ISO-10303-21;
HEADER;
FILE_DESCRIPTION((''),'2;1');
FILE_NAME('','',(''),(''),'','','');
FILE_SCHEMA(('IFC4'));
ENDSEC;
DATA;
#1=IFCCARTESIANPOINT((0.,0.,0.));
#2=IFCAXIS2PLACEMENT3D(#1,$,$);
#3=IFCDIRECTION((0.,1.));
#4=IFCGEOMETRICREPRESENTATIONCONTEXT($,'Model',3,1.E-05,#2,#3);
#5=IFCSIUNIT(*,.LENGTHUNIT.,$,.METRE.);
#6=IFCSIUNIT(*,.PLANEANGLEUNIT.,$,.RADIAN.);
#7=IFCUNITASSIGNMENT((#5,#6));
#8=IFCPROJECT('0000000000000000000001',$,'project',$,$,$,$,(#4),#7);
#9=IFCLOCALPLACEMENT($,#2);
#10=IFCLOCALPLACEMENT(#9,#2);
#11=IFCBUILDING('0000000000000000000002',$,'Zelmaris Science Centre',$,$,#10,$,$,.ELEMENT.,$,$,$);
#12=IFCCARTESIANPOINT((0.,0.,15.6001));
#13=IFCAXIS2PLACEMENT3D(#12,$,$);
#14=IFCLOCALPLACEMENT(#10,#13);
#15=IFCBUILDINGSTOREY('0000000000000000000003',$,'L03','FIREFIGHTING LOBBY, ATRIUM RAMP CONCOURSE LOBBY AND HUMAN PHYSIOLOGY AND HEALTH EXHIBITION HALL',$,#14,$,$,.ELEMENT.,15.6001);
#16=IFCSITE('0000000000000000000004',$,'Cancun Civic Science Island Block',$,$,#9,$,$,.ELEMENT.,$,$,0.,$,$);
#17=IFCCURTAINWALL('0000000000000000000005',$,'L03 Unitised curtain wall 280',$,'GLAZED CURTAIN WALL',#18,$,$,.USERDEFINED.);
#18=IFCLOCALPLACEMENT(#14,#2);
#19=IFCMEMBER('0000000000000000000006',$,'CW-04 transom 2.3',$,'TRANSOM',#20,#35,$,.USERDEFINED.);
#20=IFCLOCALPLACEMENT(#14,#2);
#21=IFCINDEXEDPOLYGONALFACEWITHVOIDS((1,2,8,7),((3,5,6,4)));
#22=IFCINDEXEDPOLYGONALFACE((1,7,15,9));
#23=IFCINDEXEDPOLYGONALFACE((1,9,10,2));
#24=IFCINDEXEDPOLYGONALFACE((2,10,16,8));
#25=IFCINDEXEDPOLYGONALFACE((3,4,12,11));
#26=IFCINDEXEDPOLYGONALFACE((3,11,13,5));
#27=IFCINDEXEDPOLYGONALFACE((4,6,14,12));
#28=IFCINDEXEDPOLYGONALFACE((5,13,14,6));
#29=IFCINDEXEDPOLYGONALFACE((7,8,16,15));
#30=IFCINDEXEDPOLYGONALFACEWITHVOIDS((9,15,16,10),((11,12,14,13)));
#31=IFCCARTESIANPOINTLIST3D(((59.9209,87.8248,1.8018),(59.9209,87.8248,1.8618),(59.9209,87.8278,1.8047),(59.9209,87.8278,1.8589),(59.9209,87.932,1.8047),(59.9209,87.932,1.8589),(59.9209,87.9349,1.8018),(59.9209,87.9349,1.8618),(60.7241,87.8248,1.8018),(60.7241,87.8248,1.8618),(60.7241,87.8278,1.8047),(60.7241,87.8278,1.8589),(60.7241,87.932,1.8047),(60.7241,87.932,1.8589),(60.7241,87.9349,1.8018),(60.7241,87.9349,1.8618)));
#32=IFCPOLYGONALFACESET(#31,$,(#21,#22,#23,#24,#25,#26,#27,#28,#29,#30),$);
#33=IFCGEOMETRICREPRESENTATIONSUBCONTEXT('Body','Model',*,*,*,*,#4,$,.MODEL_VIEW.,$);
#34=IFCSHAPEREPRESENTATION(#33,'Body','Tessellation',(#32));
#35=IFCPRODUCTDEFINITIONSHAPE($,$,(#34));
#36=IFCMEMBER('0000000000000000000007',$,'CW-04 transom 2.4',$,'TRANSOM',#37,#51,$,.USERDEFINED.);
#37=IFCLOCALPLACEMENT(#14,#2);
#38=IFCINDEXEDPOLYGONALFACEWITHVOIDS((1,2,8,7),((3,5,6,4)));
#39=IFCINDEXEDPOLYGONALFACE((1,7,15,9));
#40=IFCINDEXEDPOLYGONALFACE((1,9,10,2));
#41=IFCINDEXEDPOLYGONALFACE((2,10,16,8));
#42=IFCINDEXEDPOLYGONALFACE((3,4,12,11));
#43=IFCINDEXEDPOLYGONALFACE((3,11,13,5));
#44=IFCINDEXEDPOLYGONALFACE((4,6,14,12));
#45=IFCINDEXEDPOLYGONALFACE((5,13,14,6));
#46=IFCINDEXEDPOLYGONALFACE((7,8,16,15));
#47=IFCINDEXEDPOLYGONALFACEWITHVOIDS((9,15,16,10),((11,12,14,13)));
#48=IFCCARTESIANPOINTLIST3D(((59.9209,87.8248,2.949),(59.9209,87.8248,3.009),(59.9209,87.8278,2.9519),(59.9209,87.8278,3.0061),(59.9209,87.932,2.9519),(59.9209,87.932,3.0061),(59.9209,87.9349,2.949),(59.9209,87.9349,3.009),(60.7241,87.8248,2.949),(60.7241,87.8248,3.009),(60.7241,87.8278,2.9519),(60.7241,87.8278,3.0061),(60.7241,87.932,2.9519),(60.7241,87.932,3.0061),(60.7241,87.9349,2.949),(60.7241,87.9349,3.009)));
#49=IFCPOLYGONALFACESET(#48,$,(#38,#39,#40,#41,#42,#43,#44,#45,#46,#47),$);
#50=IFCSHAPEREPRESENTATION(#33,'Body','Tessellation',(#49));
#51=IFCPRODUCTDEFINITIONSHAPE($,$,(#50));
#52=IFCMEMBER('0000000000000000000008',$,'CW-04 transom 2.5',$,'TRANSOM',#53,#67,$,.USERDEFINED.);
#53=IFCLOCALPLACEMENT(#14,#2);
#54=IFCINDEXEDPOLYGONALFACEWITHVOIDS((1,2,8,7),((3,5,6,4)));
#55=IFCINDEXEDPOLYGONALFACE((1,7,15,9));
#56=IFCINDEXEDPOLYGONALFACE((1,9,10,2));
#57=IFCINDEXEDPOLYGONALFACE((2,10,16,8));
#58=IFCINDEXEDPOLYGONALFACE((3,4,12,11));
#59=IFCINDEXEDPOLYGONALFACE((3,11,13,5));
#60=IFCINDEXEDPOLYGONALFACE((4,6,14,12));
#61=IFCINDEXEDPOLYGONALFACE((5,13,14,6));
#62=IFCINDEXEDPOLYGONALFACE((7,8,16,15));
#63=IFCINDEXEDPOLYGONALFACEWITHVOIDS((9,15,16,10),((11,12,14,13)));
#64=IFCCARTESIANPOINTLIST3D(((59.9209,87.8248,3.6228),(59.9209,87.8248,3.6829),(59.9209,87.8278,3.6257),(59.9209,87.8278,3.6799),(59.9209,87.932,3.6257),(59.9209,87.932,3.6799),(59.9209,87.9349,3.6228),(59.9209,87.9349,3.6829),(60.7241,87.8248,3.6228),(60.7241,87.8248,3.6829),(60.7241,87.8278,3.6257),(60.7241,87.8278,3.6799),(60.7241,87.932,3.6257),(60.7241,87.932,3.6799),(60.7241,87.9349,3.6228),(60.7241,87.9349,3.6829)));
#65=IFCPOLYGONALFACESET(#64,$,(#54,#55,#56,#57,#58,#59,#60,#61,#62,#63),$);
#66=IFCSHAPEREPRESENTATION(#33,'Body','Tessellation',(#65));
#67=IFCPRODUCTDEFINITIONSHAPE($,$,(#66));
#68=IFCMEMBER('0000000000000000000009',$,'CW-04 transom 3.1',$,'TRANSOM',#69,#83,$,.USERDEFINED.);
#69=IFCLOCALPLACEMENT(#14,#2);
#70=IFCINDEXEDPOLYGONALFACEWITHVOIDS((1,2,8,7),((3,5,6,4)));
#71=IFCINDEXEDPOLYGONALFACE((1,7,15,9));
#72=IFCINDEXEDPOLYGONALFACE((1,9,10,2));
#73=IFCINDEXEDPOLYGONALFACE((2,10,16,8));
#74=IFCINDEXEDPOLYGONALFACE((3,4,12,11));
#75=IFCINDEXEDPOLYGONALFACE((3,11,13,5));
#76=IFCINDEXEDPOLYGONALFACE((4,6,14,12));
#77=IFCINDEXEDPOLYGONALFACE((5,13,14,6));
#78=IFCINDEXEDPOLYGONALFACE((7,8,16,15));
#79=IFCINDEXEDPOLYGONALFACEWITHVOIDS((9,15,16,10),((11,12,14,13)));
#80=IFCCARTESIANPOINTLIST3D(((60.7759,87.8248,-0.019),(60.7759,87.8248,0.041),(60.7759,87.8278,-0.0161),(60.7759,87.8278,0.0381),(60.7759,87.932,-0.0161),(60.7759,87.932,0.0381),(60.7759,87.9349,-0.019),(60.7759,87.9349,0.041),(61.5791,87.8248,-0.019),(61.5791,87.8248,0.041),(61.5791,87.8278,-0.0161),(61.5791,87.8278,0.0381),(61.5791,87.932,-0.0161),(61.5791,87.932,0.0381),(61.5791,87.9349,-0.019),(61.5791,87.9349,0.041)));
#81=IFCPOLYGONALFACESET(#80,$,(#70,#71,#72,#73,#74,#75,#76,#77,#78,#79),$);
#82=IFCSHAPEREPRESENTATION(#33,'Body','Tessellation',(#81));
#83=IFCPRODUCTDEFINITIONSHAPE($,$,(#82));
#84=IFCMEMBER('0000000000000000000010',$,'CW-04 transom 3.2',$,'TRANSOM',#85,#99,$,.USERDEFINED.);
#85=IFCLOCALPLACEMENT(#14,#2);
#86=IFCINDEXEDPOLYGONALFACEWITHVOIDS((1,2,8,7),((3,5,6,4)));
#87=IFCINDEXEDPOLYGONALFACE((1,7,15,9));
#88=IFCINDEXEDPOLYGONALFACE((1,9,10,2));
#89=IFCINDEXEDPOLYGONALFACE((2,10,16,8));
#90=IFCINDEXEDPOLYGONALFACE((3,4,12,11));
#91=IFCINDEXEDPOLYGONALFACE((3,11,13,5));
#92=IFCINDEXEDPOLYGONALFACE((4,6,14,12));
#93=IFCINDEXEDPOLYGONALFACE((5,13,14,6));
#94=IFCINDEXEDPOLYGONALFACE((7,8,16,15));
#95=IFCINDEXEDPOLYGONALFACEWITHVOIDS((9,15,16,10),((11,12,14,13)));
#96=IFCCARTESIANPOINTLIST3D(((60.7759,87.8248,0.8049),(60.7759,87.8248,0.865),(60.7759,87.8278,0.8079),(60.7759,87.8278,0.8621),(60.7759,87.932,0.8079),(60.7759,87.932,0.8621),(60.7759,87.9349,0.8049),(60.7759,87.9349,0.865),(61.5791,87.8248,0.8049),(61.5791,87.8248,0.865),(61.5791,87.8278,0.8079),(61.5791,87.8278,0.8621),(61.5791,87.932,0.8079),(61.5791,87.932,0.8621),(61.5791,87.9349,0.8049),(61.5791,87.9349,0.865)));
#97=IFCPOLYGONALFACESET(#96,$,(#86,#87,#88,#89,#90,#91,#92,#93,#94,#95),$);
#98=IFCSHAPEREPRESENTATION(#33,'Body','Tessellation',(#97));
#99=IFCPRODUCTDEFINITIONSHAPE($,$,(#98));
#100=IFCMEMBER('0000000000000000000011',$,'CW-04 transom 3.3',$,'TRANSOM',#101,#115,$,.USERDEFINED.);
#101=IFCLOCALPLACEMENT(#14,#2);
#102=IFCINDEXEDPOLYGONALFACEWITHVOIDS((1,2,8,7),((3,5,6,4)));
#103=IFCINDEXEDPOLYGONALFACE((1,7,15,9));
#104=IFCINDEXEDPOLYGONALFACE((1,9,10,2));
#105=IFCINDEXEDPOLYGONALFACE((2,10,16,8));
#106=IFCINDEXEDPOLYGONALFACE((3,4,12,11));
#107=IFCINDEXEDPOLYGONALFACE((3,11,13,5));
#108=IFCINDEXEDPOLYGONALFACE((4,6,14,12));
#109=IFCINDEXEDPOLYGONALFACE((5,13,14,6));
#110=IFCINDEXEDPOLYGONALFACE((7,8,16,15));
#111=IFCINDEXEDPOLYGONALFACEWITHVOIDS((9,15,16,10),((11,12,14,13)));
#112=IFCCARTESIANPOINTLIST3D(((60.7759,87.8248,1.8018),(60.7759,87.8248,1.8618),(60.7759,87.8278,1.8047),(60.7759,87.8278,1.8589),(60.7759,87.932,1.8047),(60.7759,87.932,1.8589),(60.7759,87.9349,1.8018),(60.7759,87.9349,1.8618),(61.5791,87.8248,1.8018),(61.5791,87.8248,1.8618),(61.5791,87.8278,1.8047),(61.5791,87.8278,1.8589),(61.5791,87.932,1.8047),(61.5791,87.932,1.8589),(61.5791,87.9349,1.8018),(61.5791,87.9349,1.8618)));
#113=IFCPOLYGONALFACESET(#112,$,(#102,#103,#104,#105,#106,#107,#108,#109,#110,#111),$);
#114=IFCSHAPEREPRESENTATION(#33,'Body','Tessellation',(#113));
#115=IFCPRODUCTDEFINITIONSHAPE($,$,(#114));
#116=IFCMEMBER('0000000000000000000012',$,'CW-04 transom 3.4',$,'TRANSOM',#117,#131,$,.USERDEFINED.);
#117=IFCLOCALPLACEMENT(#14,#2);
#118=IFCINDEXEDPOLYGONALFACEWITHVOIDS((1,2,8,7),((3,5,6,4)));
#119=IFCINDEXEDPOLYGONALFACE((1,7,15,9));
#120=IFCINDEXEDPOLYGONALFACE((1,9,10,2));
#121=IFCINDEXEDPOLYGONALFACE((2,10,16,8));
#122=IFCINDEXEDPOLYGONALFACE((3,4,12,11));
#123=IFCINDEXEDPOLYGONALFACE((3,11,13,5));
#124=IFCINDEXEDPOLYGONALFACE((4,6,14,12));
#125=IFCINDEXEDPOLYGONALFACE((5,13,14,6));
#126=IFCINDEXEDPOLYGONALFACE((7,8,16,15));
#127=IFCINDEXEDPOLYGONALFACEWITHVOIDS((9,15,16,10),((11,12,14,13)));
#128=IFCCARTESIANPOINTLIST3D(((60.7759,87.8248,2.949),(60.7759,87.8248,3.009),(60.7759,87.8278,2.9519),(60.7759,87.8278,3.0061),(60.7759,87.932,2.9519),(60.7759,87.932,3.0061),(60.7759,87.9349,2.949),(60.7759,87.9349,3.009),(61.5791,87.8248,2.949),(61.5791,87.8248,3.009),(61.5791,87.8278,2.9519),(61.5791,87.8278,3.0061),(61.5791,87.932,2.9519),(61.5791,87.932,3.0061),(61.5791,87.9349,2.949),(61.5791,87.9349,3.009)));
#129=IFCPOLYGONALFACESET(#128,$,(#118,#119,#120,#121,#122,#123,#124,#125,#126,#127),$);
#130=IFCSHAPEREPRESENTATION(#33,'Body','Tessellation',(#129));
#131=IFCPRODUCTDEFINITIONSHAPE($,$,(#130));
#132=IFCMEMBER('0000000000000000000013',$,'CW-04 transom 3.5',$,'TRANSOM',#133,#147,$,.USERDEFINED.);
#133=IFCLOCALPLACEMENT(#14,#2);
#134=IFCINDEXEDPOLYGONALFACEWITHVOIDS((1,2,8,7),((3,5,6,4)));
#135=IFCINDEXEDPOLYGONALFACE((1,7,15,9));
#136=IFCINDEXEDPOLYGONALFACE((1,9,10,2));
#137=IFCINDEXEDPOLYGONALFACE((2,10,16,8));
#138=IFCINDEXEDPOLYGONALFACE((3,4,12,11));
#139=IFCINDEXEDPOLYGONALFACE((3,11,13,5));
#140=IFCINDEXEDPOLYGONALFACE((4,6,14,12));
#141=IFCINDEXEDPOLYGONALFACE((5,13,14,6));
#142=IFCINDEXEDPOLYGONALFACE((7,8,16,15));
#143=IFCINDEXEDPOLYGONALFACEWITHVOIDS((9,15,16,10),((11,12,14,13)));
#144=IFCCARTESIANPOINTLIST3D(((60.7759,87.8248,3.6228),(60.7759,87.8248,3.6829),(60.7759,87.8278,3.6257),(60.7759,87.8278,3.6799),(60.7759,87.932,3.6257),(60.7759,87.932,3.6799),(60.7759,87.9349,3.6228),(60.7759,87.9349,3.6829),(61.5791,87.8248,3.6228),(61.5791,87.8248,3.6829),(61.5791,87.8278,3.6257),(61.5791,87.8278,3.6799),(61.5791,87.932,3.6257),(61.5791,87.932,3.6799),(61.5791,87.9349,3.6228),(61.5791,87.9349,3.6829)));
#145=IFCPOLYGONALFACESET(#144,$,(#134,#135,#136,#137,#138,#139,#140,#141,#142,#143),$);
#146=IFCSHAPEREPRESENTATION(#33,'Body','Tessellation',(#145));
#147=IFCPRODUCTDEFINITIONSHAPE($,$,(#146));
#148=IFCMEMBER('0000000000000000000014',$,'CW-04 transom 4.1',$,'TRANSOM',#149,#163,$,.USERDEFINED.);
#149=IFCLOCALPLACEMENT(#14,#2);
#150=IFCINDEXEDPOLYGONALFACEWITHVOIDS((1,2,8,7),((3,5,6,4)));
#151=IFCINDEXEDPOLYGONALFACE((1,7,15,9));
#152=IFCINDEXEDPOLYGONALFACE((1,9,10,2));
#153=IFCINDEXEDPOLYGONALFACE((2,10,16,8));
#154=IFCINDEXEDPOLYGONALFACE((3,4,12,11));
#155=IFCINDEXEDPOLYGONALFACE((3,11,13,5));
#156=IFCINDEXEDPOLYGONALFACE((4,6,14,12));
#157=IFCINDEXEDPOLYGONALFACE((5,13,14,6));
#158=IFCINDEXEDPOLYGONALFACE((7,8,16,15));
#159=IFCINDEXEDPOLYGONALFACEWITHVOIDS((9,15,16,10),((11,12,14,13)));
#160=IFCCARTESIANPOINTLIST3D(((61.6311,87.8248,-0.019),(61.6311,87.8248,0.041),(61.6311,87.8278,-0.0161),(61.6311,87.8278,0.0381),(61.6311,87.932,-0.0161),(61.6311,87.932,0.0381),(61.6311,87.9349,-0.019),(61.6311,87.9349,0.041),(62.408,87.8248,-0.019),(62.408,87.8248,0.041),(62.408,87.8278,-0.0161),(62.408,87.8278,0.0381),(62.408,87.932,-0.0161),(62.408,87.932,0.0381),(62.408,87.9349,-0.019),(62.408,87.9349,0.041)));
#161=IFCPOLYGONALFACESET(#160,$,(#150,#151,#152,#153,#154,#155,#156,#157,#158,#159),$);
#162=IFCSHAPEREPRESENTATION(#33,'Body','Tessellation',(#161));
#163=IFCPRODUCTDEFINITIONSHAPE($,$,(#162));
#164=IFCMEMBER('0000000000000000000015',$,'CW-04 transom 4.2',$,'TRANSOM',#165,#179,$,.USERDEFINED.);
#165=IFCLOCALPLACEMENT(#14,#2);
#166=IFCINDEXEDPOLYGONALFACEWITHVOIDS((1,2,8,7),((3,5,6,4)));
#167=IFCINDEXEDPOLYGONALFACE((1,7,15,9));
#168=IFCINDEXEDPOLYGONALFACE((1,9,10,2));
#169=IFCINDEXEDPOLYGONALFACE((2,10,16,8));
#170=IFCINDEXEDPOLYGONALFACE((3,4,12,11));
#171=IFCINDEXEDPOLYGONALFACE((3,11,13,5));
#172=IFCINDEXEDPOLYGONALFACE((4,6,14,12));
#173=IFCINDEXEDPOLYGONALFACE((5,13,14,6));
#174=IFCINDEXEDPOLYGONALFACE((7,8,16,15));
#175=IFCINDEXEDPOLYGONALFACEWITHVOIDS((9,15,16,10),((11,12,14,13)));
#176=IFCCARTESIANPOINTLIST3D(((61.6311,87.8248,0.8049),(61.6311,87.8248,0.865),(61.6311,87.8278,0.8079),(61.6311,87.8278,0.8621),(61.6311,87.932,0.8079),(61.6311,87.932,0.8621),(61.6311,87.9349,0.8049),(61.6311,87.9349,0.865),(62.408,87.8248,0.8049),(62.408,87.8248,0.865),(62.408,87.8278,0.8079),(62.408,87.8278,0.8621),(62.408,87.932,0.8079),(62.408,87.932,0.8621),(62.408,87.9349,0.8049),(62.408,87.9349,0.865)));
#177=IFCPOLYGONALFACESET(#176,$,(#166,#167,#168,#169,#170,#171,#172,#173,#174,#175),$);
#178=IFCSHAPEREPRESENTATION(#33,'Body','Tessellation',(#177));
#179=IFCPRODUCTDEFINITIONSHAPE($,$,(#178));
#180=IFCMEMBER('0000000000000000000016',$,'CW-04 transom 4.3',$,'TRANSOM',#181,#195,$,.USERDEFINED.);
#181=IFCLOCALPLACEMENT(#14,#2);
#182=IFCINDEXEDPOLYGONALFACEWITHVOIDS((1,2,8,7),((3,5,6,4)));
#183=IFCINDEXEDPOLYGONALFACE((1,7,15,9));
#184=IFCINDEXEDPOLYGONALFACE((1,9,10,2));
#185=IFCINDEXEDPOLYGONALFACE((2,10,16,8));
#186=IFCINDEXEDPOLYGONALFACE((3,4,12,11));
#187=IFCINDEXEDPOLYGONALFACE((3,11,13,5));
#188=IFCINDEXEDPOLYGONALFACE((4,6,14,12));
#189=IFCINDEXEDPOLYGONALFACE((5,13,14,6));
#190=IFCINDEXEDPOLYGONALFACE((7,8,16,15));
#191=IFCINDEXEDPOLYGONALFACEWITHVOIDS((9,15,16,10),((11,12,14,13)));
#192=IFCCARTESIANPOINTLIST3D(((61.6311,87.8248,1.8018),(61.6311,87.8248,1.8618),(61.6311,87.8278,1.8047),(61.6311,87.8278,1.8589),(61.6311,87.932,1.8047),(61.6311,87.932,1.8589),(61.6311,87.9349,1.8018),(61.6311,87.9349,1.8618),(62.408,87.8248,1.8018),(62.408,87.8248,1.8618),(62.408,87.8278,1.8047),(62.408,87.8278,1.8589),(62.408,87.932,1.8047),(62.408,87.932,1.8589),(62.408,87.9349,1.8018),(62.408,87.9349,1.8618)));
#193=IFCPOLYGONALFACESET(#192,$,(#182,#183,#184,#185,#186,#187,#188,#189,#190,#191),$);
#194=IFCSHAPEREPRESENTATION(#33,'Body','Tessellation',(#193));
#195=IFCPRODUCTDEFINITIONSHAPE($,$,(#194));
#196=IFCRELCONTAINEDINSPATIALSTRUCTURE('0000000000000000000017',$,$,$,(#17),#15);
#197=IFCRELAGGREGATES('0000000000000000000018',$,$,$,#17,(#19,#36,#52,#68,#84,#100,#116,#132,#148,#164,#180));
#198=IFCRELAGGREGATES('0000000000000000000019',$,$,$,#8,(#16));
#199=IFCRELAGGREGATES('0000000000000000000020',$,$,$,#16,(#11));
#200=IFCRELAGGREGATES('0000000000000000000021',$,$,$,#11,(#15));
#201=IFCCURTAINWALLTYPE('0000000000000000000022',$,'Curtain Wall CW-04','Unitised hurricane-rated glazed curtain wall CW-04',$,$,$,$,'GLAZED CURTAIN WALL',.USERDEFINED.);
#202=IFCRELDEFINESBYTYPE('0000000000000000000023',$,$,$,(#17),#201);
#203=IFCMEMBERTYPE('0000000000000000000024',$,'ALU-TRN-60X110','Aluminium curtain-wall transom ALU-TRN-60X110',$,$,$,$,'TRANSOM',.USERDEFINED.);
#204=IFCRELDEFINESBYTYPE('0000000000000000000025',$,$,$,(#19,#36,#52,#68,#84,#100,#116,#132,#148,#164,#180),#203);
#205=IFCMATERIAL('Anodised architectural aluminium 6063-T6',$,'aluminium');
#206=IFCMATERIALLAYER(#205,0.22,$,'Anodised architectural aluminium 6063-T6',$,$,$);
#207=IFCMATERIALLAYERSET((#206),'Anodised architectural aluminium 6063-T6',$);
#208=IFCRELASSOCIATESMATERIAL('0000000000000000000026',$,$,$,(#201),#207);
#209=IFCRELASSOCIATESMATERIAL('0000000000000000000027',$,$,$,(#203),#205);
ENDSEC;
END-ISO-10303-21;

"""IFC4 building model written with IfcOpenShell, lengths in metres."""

from ifc_helpers import new_model, si_unit, direction, frame, origin, origin_2d, place, context, subcontext, project, spatial, hollow_rectangle, extrude, material, layer, layer_set, material_profile, profile_set, type_object, element, aggregate, save


model = new_model("IFC4")

# Units and contexts
model_context = context("Model", 3, precision=1e-05, world=origin(), true_north=direction((0.0, 1.0)))
body_context = subcontext(model_context, "Body", "Model", "MODEL_VIEW")
ifc_project = project(units=[si_unit("LENGTHUNIT", "METRE"), si_unit("PLANEANGLEUNIT", "RADIAN")], contexts=[model_context])

# Site, building, storey
site_placement = place(None, origin())
site = spatial("IfcSite", under=ifc_project, at=site_placement, Name="Cancun Civic Science Island Block", CompositionType="ELEMENT", RefElevation=0.0)
building_placement = place(site_placement, origin())
building = spatial("IfcBuilding", under=site, at=building_placement, Name="Zelmaris Science Centre", CompositionType="ELEMENT")
storey_placement = place(building_placement, frame((0.0, 0.0, 15.6001)))
storey = spatial("IfcBuildingStorey", under=building, at=storey_placement, Name="L03", Description="FIREFIGHTING LOBBY, ATRIUM RAMP CONCOURSE LOBBY AND HUMAN PHYSIOLOGY AND HEALTH EXHIBITION HALL", CompositionType="ELEMENT", Elevation=15.6001)

# Curtain wall
ifc_material_1 = material(Name="Anodised architectural aluminium 6063-T6", Category="aluminium")
ifc_layer_1 = layer(ifc_material_1, 0.22, Name="Anodised architectural aluminium 6063-T6")
ifc_layer_set_1 = layer_set([ifc_layer_1], Name="Anodised architectural aluminium 6063-T6")
curtain_wall_type_1 = type_object("IfcCurtainWallType", Name="Curtain Wall CW-04", Description="Unitised hurricane-rated glazed curtain wall CW-04", ElementType="GLAZED CURTAIN WALL", PredefinedType="USERDEFINED", material=ifc_layer_set_1)
curtain_wall_1_placement = place(storey_placement, origin())
curtain_wall_1 = element("IfcCurtainWall", 1, at=curtain_wall_1_placement, inside=storey, type_object=curtain_wall_type_1, Name="L03 Unitised curtain wall 280", ObjectType="GLAZED CURTAIN WALL", PredefinedType="USERDEFINED")

# Members
ifc_material_profile_1 = material_profile(ifc_material_1, hollow_rectangle(XDim=0.0601, YDim=0.1101, WallThickness=0.0029, at=origin_2d()), Name="ALU-TRN-60X110")
ifc_profile_set_1 = profile_set([ifc_material_profile_1], Name="Anodised architectural aluminium 6063-T6")
member_type_1 = type_object("IfcMemberType", Name="ALU-TRN-60X110", Description="Aluminium curtain-wall transom ALU-TRN-60X110", ElementType="TRANSOM", PredefinedType="USERDEFINED", material=ifc_profile_set_1)
member_1_placement = place(storey_placement, frame((59.9209, 87.8799, 1.8318), z_axis=(1.0, 0.0, 0.0), x_axis=(0.0, 0.0, 1.0)))
member_1 = element("IfcMember", 2, at=member_1_placement, type_object=member_type_1, Name="CW-04 transom 2.3", ObjectType="TRANSOM", PredefinedType="USERDEFINED", context=body_context, shape_type="SweptSolid", body=[
    extrude(hollow_rectangle(XDim=0.0601, YDim=0.1101, WallThickness=0.0029, at=origin_2d()), origin(), (0.0, 0.0, 1.0), 0.8032),
])
member_2_placement = place(storey_placement, frame((59.9209, 87.8799, 2.979), z_axis=(1.0, 0.0, 0.0), x_axis=(0.0, 0.0, 1.0)))
member_2 = element("IfcMember", 3, at=member_2_placement, type_object=member_type_1, Name="CW-04 transom 2.4", ObjectType="TRANSOM", PredefinedType="USERDEFINED", context=body_context, shape_type="SweptSolid", body=[
    extrude(hollow_rectangle(XDim=0.0601, YDim=0.1101, WallThickness=0.0029, at=origin_2d()), origin(), (0.0, 0.0, 1.0), 0.8032),
])
member_3_placement = place(storey_placement, frame((59.9209, 87.8799, 3.6528), z_axis=(1.0, 0.0, 0.0), x_axis=(0.0, 0.0, 1.0)))
member_3 = element("IfcMember", 4, at=member_3_placement, type_object=member_type_1, Name="CW-04 transom 2.5", ObjectType="TRANSOM", PredefinedType="USERDEFINED", context=body_context, shape_type="SweptSolid", body=[
    extrude(hollow_rectangle(XDim=0.0601, YDim=0.1101, WallThickness=0.0029, at=origin_2d()), origin(), (0.0, 0.0, 1.0), 0.8032),
])
member_4_placement = place(storey_placement, frame((60.7759, 87.8799, 0.011), z_axis=(1.0, 0.0, 0.0), x_axis=(0.0, 0.0, 1.0)))
member_4 = element("IfcMember", 5, at=member_4_placement, type_object=member_type_1, Name="CW-04 transom 3.1", ObjectType="TRANSOM", PredefinedType="USERDEFINED", context=body_context, shape_type="SweptSolid", body=[
    extrude(hollow_rectangle(XDim=0.0601, YDim=0.1101, WallThickness=0.0029, at=origin_2d()), origin(), (0.0, 0.0, 1.0), 0.8032),
])
member_5_placement = place(storey_placement, frame((60.7759, 87.8799, 0.835), z_axis=(1.0, 0.0, 0.0), x_axis=(0.0, 0.0, 1.0)))
member_5 = element("IfcMember", 6, at=member_5_placement, type_object=member_type_1, Name="CW-04 transom 3.2", ObjectType="TRANSOM", PredefinedType="USERDEFINED", context=body_context, shape_type="SweptSolid", body=[
    extrude(hollow_rectangle(XDim=0.0601, YDim=0.1101, WallThickness=0.0029, at=origin_2d()), origin(), (0.0, 0.0, 1.0), 0.8032),
])
member_6_placement = place(storey_placement, frame((60.7759, 87.8799, 1.8318), z_axis=(1.0, 0.0, 0.0), x_axis=(0.0, 0.0, 1.0)))
member_6 = element("IfcMember", 7, at=member_6_placement, type_object=member_type_1, Name="CW-04 transom 3.3", ObjectType="TRANSOM", PredefinedType="USERDEFINED", context=body_context, shape_type="SweptSolid", body=[
    extrude(hollow_rectangle(XDim=0.0601, YDim=0.1101, WallThickness=0.0029, at=origin_2d()), origin(), (0.0, 0.0, 1.0), 0.8032),
])
member_7_placement = place(storey_placement, frame((60.7759, 87.8799, 2.979), z_axis=(1.0, 0.0, 0.0), x_axis=(0.0, 0.0, 1.0)))
member_7 = element("IfcMember", 8, at=member_7_placement, type_object=member_type_1, Name="CW-04 transom 3.4", ObjectType="TRANSOM", PredefinedType="USERDEFINED", context=body_context, shape_type="SweptSolid", body=[
    extrude(hollow_rectangle(XDim=0.0601, YDim=0.1101, WallThickness=0.0029, at=origin_2d()), origin(), (0.0, 0.0, 1.0), 0.8032),
])
member_8_placement = place(storey_placement, frame((60.7759, 87.8799, 3.6528), z_axis=(1.0, 0.0, 0.0), x_axis=(0.0, 0.0, 1.0)))
member_8 = element("IfcMember", 9, at=member_8_placement, type_object=member_type_1, Name="CW-04 transom 3.5", ObjectType="TRANSOM", PredefinedType="USERDEFINED", context=body_context, shape_type="SweptSolid", body=[
    extrude(hollow_rectangle(XDim=0.0601, YDim=0.1101, WallThickness=0.0029, at=origin_2d()), origin(), (0.0, 0.0, 1.0), 0.8032),
])
member_9_placement = place(storey_placement, frame((61.6311, 87.8799, 0.011), z_axis=(1.0, 0.0, 0.0), x_axis=(0.0, 0.0, 1.0)))
member_9 = element("IfcMember", 10, at=member_9_placement, type_object=member_type_1, Name="CW-04 transom 4.1", ObjectType="TRANSOM", PredefinedType="USERDEFINED", context=body_context, shape_type="SweptSolid", body=[
    extrude(hollow_rectangle(XDim=0.0601, YDim=0.1101, WallThickness=0.0029, at=origin_2d()), origin(), (0.0, 0.0, 1.0), 0.7769),
])
member_10_placement = place(storey_placement, frame((61.6311, 87.8799, 0.835), z_axis=(1.0, 0.0, 0.0), x_axis=(0.0, 0.0, 1.0)))
member_10 = element("IfcMember", 11, at=member_10_placement, type_object=member_type_1, Name="CW-04 transom 4.2", ObjectType="TRANSOM", PredefinedType="USERDEFINED", context=body_context, shape_type="SweptSolid", body=[
    extrude(hollow_rectangle(XDim=0.0601, YDim=0.1101, WallThickness=0.0029, at=origin_2d()), origin(), (0.0, 0.0, 1.0), 0.7769),
])
member_11_placement = place(storey_placement, frame((61.6311, 87.8799, 1.8318), z_axis=(1.0, 0.0, 0.0), x_axis=(0.0, 0.0, 1.0)))
member_11 = element("IfcMember", 12, at=member_11_placement, type_object=member_type_1, Name="CW-04 transom 4.3", ObjectType="TRANSOM", PredefinedType="USERDEFINED", context=body_context, shape_type="SweptSolid", body=[
    extrude(hollow_rectangle(XDim=0.0601, YDim=0.1101, WallThickness=0.0029, at=origin_2d()), origin(), (0.0, 0.0, 1.0), 0.7769),
])

aggregate(curtain_wall_1, [member_1, member_2, member_3, member_4, member_5, member_6, member_7, member_8, member_9, member_10, member_11])

save(model, "model.ifc")
